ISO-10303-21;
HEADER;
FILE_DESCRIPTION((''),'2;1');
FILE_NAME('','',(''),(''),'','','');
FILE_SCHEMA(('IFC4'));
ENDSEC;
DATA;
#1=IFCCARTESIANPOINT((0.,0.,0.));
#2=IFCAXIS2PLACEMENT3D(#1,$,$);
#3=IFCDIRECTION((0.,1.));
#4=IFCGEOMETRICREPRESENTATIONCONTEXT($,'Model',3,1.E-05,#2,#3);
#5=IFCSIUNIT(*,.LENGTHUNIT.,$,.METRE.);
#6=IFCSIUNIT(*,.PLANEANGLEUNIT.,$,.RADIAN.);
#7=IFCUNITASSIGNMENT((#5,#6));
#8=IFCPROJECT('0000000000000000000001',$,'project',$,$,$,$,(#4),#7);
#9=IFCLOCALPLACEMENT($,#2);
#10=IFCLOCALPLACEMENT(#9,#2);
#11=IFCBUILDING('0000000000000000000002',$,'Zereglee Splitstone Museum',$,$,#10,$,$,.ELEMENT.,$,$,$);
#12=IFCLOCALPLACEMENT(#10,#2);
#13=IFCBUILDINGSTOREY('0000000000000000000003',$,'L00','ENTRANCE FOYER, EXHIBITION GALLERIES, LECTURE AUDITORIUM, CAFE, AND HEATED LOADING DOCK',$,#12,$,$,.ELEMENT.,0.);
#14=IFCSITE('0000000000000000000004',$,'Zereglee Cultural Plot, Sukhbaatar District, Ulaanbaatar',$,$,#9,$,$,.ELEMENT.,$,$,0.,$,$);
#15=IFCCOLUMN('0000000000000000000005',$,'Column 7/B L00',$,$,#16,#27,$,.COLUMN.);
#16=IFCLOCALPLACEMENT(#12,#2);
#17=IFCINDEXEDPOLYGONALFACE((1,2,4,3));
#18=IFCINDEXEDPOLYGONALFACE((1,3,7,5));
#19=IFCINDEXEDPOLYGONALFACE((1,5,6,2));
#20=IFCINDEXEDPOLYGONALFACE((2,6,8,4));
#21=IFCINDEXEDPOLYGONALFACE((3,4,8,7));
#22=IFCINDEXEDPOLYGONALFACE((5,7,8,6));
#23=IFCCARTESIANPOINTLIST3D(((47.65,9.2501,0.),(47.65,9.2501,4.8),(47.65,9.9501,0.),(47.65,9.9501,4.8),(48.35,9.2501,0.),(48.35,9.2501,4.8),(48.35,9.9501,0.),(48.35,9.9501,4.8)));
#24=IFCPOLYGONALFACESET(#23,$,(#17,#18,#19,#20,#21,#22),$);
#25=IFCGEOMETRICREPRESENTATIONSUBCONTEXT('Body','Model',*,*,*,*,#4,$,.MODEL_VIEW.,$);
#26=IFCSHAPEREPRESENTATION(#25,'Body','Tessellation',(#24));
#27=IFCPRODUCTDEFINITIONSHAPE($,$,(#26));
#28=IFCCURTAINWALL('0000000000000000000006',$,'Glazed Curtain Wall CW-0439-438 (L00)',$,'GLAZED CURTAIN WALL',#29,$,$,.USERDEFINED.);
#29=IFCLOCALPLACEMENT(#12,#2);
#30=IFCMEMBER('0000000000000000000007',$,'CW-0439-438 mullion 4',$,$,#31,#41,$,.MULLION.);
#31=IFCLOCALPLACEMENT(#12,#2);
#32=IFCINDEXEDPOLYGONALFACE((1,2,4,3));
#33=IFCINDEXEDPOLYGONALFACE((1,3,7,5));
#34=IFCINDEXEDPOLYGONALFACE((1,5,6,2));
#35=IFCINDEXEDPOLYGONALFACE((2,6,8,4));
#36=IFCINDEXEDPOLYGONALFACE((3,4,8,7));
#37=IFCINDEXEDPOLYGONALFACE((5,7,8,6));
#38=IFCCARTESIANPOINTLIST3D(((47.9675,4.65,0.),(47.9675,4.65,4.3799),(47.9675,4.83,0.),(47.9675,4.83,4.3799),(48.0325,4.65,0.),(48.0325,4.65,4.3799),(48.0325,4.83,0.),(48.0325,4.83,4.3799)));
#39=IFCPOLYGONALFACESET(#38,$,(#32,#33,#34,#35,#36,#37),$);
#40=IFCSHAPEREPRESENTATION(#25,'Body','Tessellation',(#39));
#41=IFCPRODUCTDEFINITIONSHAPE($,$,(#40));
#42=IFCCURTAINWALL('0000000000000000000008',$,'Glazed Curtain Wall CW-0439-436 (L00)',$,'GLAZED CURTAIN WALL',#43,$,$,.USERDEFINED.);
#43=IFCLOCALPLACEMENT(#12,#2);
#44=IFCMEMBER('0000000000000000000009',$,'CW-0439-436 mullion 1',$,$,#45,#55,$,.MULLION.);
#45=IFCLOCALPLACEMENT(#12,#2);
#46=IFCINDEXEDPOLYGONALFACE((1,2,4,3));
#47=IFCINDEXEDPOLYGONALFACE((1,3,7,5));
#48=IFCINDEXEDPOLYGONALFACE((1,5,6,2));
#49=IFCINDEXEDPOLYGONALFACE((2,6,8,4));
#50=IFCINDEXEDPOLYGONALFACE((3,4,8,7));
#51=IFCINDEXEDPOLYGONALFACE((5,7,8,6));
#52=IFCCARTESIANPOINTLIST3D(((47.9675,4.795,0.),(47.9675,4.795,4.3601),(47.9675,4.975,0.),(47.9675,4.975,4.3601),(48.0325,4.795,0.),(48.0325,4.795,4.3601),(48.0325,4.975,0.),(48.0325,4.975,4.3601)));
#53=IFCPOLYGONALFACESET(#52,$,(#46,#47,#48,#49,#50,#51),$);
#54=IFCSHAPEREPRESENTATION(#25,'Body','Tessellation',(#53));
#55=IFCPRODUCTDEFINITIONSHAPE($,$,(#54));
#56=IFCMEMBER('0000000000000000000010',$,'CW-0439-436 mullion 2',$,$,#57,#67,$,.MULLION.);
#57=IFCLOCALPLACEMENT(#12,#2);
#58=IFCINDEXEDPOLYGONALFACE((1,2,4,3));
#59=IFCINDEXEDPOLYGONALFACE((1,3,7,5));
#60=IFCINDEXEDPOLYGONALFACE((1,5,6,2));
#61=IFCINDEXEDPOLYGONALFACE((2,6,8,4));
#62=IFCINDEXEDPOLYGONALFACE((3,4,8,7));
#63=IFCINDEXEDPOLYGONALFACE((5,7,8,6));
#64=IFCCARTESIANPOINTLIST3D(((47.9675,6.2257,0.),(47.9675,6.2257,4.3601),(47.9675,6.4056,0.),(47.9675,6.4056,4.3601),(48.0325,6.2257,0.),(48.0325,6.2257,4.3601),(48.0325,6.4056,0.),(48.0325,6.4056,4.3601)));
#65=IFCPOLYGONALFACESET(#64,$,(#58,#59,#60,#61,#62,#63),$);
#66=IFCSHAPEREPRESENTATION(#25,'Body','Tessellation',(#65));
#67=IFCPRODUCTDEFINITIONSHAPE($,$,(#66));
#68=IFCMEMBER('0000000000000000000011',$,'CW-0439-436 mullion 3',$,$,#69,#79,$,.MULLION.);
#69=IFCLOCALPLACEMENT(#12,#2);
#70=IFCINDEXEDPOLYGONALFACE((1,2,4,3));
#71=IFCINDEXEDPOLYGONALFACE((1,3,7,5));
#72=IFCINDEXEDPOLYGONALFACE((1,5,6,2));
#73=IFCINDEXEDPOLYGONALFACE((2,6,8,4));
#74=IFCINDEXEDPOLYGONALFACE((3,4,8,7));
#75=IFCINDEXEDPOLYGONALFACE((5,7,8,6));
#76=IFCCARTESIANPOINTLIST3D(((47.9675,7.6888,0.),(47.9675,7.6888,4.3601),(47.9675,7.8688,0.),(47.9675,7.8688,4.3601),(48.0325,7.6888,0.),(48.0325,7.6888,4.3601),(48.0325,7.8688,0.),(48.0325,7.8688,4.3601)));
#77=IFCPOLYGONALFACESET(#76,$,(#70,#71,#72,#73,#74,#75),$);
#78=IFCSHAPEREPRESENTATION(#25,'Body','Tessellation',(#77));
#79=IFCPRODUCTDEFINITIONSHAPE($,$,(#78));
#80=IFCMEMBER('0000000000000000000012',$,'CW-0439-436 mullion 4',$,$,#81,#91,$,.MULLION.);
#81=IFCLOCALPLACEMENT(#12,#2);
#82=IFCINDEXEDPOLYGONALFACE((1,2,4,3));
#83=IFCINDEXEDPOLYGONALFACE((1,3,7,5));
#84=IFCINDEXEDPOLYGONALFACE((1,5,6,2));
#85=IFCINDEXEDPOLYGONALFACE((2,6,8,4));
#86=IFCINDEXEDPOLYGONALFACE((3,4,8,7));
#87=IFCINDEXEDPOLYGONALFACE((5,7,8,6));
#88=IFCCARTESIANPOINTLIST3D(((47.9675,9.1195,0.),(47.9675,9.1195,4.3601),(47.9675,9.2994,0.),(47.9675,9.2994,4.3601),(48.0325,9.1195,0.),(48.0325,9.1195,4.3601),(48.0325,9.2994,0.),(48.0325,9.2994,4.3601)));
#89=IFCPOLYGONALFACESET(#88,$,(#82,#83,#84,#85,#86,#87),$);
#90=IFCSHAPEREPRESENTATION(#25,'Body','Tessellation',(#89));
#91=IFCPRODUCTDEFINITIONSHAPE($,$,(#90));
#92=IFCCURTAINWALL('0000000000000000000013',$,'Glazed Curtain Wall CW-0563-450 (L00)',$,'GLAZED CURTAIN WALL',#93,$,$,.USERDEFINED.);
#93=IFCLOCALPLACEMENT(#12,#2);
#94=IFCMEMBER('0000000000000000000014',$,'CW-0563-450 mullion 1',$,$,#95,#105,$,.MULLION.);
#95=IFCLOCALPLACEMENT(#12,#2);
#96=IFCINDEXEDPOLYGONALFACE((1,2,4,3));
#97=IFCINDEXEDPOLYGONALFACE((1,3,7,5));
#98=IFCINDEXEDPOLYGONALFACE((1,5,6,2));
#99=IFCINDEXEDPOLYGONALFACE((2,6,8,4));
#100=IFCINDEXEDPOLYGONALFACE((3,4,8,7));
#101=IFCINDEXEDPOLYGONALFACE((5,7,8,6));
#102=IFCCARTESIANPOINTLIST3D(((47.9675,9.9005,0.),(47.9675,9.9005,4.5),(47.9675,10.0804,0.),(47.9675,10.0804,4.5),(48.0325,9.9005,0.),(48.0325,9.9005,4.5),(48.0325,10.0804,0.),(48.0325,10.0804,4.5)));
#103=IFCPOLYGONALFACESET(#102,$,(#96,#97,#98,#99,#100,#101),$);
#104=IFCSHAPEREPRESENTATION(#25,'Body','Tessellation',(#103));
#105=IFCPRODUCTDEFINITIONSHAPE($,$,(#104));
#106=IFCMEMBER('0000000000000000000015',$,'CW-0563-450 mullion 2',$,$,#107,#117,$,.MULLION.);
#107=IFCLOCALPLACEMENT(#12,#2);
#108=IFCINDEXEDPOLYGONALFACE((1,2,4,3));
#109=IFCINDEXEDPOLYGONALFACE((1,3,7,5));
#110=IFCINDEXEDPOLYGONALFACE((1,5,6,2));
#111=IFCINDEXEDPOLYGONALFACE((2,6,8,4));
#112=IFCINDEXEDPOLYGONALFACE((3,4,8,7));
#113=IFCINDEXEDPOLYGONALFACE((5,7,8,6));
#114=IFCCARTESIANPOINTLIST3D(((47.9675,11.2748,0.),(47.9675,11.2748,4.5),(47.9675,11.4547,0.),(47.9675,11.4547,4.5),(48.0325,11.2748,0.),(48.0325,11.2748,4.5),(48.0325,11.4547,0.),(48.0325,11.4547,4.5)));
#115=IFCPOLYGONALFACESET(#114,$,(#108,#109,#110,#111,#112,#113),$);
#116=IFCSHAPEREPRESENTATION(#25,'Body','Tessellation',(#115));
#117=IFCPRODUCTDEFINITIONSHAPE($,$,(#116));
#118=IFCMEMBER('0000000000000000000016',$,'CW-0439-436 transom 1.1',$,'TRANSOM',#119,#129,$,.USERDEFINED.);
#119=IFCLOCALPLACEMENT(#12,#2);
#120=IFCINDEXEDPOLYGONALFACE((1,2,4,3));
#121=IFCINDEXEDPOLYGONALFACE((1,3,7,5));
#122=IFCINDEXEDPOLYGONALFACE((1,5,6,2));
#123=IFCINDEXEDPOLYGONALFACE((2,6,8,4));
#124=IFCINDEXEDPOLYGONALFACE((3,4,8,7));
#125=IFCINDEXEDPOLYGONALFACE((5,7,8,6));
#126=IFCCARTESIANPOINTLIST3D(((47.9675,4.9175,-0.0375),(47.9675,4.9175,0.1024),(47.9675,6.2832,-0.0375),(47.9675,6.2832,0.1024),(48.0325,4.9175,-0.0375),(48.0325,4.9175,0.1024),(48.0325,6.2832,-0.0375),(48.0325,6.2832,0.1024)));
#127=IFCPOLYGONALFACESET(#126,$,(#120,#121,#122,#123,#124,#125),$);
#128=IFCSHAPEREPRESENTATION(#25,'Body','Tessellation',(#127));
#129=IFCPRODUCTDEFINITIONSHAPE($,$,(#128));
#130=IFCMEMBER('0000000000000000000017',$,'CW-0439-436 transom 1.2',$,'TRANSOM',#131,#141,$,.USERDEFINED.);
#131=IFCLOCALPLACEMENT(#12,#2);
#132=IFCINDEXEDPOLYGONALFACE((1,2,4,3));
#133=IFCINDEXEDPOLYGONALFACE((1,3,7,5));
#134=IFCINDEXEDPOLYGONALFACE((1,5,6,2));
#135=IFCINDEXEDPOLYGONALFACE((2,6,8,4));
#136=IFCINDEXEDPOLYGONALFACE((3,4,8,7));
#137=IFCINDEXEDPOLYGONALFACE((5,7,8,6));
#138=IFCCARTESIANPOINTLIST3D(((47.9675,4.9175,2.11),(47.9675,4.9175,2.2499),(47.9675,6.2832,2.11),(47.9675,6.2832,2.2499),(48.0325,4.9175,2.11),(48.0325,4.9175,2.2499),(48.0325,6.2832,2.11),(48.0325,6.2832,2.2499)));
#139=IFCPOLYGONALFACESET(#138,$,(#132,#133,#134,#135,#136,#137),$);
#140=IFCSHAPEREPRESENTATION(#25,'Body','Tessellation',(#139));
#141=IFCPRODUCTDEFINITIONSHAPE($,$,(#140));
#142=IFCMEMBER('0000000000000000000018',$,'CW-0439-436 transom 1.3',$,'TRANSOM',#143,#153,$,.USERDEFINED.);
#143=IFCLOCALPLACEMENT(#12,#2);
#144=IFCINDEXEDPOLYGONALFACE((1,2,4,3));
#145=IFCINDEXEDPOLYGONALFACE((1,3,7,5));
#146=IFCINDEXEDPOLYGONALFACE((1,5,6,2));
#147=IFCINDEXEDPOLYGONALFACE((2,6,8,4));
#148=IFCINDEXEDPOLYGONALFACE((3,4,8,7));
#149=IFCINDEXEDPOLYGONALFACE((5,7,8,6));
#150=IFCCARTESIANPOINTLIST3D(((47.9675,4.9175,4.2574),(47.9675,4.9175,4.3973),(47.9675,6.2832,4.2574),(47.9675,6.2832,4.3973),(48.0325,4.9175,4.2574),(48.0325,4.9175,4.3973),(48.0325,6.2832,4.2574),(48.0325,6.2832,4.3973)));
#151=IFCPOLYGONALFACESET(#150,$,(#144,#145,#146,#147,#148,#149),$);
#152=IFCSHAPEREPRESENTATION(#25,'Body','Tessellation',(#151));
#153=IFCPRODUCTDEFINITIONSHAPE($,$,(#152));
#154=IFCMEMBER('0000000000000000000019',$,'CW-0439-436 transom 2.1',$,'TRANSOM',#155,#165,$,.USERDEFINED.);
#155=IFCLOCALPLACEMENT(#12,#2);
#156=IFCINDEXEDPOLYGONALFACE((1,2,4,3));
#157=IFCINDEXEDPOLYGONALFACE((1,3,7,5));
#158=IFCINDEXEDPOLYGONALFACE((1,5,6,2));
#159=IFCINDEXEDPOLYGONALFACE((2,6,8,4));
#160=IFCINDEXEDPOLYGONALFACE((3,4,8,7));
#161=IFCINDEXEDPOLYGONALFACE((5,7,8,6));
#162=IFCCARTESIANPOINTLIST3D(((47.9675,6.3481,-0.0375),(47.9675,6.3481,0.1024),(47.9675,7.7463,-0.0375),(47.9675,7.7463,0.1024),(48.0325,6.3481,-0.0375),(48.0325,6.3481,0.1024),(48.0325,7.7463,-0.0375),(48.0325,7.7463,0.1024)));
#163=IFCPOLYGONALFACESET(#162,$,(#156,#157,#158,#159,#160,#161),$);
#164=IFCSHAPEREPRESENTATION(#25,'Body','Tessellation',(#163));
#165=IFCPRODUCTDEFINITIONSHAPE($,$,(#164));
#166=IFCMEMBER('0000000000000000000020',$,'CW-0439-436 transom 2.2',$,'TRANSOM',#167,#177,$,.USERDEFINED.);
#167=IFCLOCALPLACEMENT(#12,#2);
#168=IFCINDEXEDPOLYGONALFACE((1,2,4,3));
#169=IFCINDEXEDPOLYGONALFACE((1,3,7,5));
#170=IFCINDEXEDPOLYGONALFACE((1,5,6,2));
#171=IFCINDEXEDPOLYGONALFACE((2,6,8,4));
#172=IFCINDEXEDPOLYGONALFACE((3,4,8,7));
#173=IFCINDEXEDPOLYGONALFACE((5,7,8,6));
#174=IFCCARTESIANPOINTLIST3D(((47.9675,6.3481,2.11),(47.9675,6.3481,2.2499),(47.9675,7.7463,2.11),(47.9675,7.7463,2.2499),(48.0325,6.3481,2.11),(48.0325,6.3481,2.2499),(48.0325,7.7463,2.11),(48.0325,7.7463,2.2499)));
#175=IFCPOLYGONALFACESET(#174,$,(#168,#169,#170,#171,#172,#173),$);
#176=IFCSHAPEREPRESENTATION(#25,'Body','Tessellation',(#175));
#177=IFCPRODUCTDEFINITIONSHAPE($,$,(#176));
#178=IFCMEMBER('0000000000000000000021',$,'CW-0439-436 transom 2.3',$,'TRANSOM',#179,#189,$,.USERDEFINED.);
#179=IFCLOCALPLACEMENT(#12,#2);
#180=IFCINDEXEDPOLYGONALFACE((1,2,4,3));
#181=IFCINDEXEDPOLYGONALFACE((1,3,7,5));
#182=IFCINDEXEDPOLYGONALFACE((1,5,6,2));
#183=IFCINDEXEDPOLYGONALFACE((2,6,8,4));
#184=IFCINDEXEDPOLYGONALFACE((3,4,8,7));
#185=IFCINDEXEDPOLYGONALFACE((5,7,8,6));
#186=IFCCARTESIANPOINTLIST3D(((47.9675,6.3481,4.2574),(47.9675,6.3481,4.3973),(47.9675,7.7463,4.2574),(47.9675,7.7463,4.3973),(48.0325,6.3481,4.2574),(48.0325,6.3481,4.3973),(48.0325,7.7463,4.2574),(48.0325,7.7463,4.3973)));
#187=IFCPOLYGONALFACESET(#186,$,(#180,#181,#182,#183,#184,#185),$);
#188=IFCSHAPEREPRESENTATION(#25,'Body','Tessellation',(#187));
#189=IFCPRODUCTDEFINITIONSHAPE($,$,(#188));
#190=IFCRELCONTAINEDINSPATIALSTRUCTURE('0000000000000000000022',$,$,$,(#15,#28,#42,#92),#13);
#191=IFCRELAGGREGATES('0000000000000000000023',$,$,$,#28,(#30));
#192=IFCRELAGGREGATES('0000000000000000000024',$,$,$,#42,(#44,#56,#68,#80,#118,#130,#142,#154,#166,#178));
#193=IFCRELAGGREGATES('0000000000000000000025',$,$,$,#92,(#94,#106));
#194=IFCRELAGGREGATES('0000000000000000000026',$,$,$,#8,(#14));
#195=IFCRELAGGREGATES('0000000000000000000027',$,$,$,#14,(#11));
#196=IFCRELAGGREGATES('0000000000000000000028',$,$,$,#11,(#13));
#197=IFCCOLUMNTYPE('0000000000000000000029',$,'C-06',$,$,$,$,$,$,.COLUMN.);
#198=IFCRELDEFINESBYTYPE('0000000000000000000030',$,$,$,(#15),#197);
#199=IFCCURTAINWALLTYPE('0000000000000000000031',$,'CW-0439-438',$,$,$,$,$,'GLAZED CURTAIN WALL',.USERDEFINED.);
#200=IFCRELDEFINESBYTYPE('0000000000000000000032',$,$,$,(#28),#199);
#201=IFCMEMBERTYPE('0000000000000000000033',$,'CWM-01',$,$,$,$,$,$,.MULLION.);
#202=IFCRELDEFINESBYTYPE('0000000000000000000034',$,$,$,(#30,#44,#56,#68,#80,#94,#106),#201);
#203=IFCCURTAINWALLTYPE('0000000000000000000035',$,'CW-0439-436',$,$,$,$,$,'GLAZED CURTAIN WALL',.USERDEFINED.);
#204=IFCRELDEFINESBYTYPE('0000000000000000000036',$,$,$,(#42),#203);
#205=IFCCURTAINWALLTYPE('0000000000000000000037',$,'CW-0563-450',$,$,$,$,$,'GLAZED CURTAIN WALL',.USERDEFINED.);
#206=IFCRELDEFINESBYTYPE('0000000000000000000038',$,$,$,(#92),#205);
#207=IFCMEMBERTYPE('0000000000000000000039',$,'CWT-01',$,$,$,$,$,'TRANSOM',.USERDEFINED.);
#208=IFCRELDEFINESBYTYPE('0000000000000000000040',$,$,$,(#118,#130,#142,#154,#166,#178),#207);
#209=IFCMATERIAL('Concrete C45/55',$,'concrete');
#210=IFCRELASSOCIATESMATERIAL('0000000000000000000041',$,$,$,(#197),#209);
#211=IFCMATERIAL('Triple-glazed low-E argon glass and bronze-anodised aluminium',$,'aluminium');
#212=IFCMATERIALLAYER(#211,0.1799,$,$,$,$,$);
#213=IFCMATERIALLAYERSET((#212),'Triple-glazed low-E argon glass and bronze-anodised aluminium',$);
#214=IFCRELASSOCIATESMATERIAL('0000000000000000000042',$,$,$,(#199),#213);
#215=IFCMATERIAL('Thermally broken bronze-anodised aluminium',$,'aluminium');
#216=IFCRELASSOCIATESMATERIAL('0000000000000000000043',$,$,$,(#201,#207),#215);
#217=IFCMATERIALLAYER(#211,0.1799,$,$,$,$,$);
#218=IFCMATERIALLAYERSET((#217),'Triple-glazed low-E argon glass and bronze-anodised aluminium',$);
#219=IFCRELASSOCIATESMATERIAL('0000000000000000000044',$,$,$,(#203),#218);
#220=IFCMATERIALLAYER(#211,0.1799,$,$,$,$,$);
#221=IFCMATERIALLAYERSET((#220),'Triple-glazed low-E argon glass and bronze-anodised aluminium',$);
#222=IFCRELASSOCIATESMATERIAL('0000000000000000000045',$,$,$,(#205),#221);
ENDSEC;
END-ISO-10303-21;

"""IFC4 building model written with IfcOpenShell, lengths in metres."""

from ifc_helpers import new_model, si_unit, direction, frame, origin, origin_2d, place, context, subcontext, project, spatial, rectangle, extrude, material, layer, layer_set, material_profile, profile_set, type_object, element, aggregate, save


model = new_model("IFC4")

# Units and contexts
model_context = context("Model", 3, precision=1e-05, world=origin(), true_north=direction((0.0, 1.0)))
body_context = subcontext(model_context, "Body", "Model", "MODEL_VIEW")
ifc_project = project(units=[si_unit("LENGTHUNIT", "METRE"), si_unit("PLANEANGLEUNIT", "RADIAN")], contexts=[model_context])

# Site, building, storey
site_placement = place(None, origin())
site = spatial("IfcSite", under=ifc_project, at=site_placement, Name="Zereglee Cultural Plot, Sukhbaatar District, Ulaanbaatar", CompositionType="ELEMENT", RefElevation=0.0)
building_placement = place(site_placement, origin())
building = spatial("IfcBuilding", under=site, at=building_placement, Name="Zereglee Splitstone Museum", CompositionType="ELEMENT")
storey_placement = place(building_placement, origin())
storey = spatial("IfcBuildingStorey", under=building, at=storey_placement, Name="L00", Description="ENTRANCE FOYER, EXHIBITION GALLERIES, LECTURE AUDITORIUM, CAFE, AND HEATED LOADING DOCK", CompositionType="ELEMENT", Elevation=0.0)

# Column
ifc_material_1 = material(Name="Concrete C45/55", Category="concrete")
ifc_material_profile_1 = material_profile(ifc_material_1, rectangle(XDim=0.7, YDim=0.7, at=origin_2d()), Name="RC 700x700")
ifc_profile_set_1 = profile_set([ifc_material_profile_1], Name="Concrete C45/55")
column_type = type_object("IfcColumnType", Name="C-06", PredefinedType="COLUMN", material=ifc_profile_set_1)
column_placement = place(storey_placement, frame((48.0, 9.6001, 0.0), z_axis=(0.0, 0.0, 1.0), x_axis=(1.0, 0.0, 0.0)))
element("IfcColumn", 1, at=column_placement, inside=storey, type_object=column_type, Name="Column 7/B L00", PredefinedType="COLUMN", context=body_context, shape_type="SweptSolid", body=[
    extrude(rectangle(XDim=0.7, YDim=0.7, at=origin_2d()), origin(), (0.0, 0.0, 1.0), 4.8),
])

# Curtain wall, member
ifc_material_2 = material(Name="Triple-glazed low-E argon glass and bronze-anodised aluminium", Category="aluminium")
ifc_layer_1 = layer(ifc_material_2, 0.1799)
ifc_layer_set_1 = layer_set([ifc_layer_1], Name="Triple-glazed low-E argon glass and bronze-anodised aluminium")
curtain_wall_type_1 = type_object("IfcCurtainWallType", Name="CW-0439-438", ElementType="GLAZED CURTAIN WALL", PredefinedType="USERDEFINED", material=ifc_layer_set_1)
curtain_wall_1_placement = place(storey_placement, origin())
curtain_wall_1 = element("IfcCurtainWall", 2, at=curtain_wall_1_placement, inside=storey, type_object=curtain_wall_type_1, Name="Glazed Curtain Wall CW-0439-438 (L00)", ObjectType="GLAZED CURTAIN WALL", PredefinedType="USERDEFINED")
ifc_material_3 = material(Name="Thermally broken bronze-anodised aluminium", Category="aluminium")
ifc_material_profile_2 = material_profile(ifc_material_3, rectangle(XDim=0.0649, YDim=0.1799, at=origin_2d()), Name="CW MULL 65x180")
ifc_profile_set_2 = profile_set([ifc_material_profile_2], Name="Thermally broken bronze-anodised aluminium")
member_type_1 = type_object("IfcMemberType", Name="CWM-01", PredefinedType="MULLION", material=ifc_profile_set_2)
member_1_placement = place(storey_placement, frame((48.0, 4.74, 0.0), z_axis=(0.0, 0.0, 1.0), x_axis=(-1.0, 0.0, 0.0)))
member_1 = element("IfcMember", 3, at=member_1_placement, type_object=member_type_1, Name="CW-0439-438 mullion 4", PredefinedType="MULLION", context=body_context, shape_type="SweptSolid", body=[
    extrude(rectangle(XDim=0.0649, YDim=0.1799, at=origin_2d()), origin(), (0.0, 0.0, 1.0), 4.3799),
])

# Curtain walls, members
ifc_layer_2 = layer(ifc_material_2, 0.1799)
ifc_layer_set_2 = layer_set([ifc_layer_2], Name="Triple-glazed low-E argon glass and bronze-anodised aluminium")
curtain_wall_type_2 = type_object("IfcCurtainWallType", Name="CW-0439-436", ElementType="GLAZED CURTAIN WALL", PredefinedType="USERDEFINED", material=ifc_layer_set_2)
curtain_wall_2_placement = place(storey_placement, origin())
curtain_wall_2 = element("IfcCurtainWall", 4, at=curtain_wall_2_placement, inside=storey, type_object=curtain_wall_type_2, Name="Glazed Curtain Wall CW-0439-436 (L00)", ObjectType="GLAZED CURTAIN WALL", PredefinedType="USERDEFINED")
member_2_placement = place(storey_placement, frame((48.0, 4.885, 0.0), z_axis=(0.0, 0.0, 1.0), x_axis=(-1.0, 0.0, 0.0)))
member_2 = element("IfcMember", 5, at=member_2_placement, type_object=member_type_1, Name="CW-0439-436 mullion 1", PredefinedType="MULLION", context=body_context, shape_type="SweptSolid", body=[
    extrude(rectangle(XDim=0.0649, YDim=0.1799, at=origin_2d()), origin(), (0.0, 0.0, 1.0), 4.3601),
])
member_3_placement = place(storey_placement, frame((48.0, 6.3157, 0.0), z_axis=(0.0, 0.0, 1.0), x_axis=(-1.0, 0.0, 0.0)))
member_3 = element("IfcMember", 6, at=member_3_placement, type_object=member_type_1, Name="CW-0439-436 mullion 2", PredefinedType="MULLION", context=body_context, shape_type="SweptSolid", body=[
    extrude(rectangle(XDim=0.0649, YDim=0.1799, at=origin_2d()), origin(), (0.0, 0.0, 1.0), 4.3601),
])
member_4_placement = place(storey_placement, frame((48.0, 7.7788, 0.0), z_axis=(0.0, 0.0, 1.0), x_axis=(-1.0, 0.0, 0.0)))
member_4 = element("IfcMember", 7, at=member_4_placement, type_object=member_type_1, Name="CW-0439-436 mullion 3", PredefinedType="MULLION", context=body_context, shape_type="SweptSolid", body=[
    extrude(rectangle(XDim=0.0649, YDim=0.1799, at=origin_2d()), origin(), (0.0, 0.0, 1.0), 4.3601),
])
member_5_placement = place(storey_placement, frame((48.0, 9.2095, 0.0), z_axis=(0.0, 0.0, 1.0), x_axis=(-1.0, 0.0, 0.0)))
member_5 = element("IfcMember", 8, at=member_5_placement, type_object=member_type_1, Name="CW-0439-436 mullion 4", PredefinedType="MULLION", context=body_context, shape_type="SweptSolid", body=[
    extrude(rectangle(XDim=0.0649, YDim=0.1799, at=origin_2d()), origin(), (0.0, 0.0, 1.0), 4.3601),
])
ifc_layer_3 = layer(ifc_material_2, 0.1799)
ifc_layer_set_3 = layer_set([ifc_layer_3], Name="Triple-glazed low-E argon glass and bronze-anodised aluminium")
curtain_wall_type_3 = type_object("IfcCurtainWallType", Name="CW-0563-450", ElementType="GLAZED CURTAIN WALL", PredefinedType="USERDEFINED", material=ifc_layer_set_3)
curtain_wall_3_placement = place(storey_placement, origin())
curtain_wall_3 = element("IfcCurtainWall", 9, at=curtain_wall_3_placement, inside=storey, type_object=curtain_wall_type_3, Name="Glazed Curtain Wall CW-0563-450 (L00)", ObjectType="GLAZED CURTAIN WALL", PredefinedType="USERDEFINED")
member_6_placement = place(storey_placement, frame((48.0, 9.9905, 0.0), z_axis=(0.0, 0.0, 1.0), x_axis=(-1.0, 0.0, 0.0)))
member_6 = element("IfcMember", 10, at=member_6_placement, type_object=member_type_1, Name="CW-0563-450 mullion 1", PredefinedType="MULLION", context=body_context, shape_type="SweptSolid", body=[
    extrude(rectangle(XDim=0.0649, YDim=0.1799, at=origin_2d()), origin(), (0.0, 0.0, 1.0), 4.5),
])
member_7_placement = place(storey_placement, frame((48.0, 11.3647, 0.0), z_axis=(0.0, 0.0, 1.0), x_axis=(-1.0, 0.0, 0.0)))
member_7 = element("IfcMember", 11, at=member_7_placement, type_object=member_type_1, Name="CW-0563-450 mullion 2", PredefinedType="MULLION", context=body_context, shape_type="SweptSolid", body=[
    extrude(rectangle(XDim=0.0649, YDim=0.1799, at=origin_2d()), origin(), (0.0, 0.0, 1.0), 4.5),
])

# Members
ifc_material_profile_3 = material_profile(ifc_material_3, rectangle(XDim=0.0649, YDim=0.1399, at=origin_2d()), Name="CW TRAN 65x140")
ifc_profile_set_3 = profile_set([ifc_material_profile_3], Name="Thermally broken bronze-anodised aluminium")
member_type_2 = type_object("IfcMemberType", Name="CWT-01", ElementType="TRANSOM", PredefinedType="USERDEFINED", material=ifc_profile_set_3)
member_8_placement = place(storey_placement, frame((48.0, 4.9175, 0.0325), z_axis=(0.0, 1.0, 0.0), x_axis=(-1.0, 0.0, 0.0)))
member_8 = element("IfcMember", 12, at=member_8_placement, type_object=member_type_2, Name="CW-0439-436 transom 1.1", ObjectType="TRANSOM", PredefinedType="USERDEFINED", context=body_context, shape_type="SweptSolid", body=[
    extrude(rectangle(XDim=0.0649, YDim=0.1399, at=origin_2d()), origin(), (0.0, 0.0, 1.0), 1.3657),
])
member_9_placement = place(storey_placement, frame((48.0, 4.9175, 2.1799), z_axis=(0.0, 1.0, 0.0), x_axis=(-1.0, 0.0, 0.0)))
member_9 = element("IfcMember", 13, at=member_9_placement, type_object=member_type_2, Name="CW-0439-436 transom 1.2", ObjectType="TRANSOM", PredefinedType="USERDEFINED", context=body_context, shape_type="SweptSolid", body=[
    extrude(rectangle(XDim=0.0649, YDim=0.1399, at=origin_2d()), origin(), (0.0, 0.0, 1.0), 1.3657),
])
member_10_placement = place(storey_placement, frame((48.0, 4.9175, 4.3274), z_axis=(0.0, 1.0, 0.0), x_axis=(-1.0, 0.0, 0.0)))
member_10 = element("IfcMember", 14, at=member_10_placement, type_object=member_type_2, Name="CW-0439-436 transom 1.3", ObjectType="TRANSOM", PredefinedType="USERDEFINED", context=body_context, shape_type="SweptSolid", body=[
    extrude(rectangle(XDim=0.0649, YDim=0.1399, at=origin_2d()), origin(), (0.0, 0.0, 1.0), 1.3657),
])
member_11_placement = place(storey_placement, frame((48.0, 6.3481, 0.0325), z_axis=(0.0, 1.0, 0.0), x_axis=(-1.0, 0.0, 0.0)))
member_11 = element("IfcMember", 15, at=member_11_placement, type_object=member_type_2, Name="CW-0439-436 transom 2.1", ObjectType="TRANSOM", PredefinedType="USERDEFINED", context=body_context, shape_type="SweptSolid", body=[
    extrude(rectangle(XDim=0.0649, YDim=0.1399, at=origin_2d()), origin(), (0.0, 0.0, 1.0), 1.3982),
])
member_12_placement = place(storey_placement, frame((48.0, 6.3481, 2.1799), z_axis=(0.0, 1.0, 0.0), x_axis=(-1.0, 0.0, 0.0)))
member_12 = element("IfcMember", 16, at=member_12_placement, type_object=member_type_2, Name="CW-0439-436 transom 2.2", ObjectType="TRANSOM", PredefinedType="USERDEFINED", context=body_context, shape_type="SweptSolid", body=[
    extrude(rectangle(XDim=0.0649, YDim=0.1399, at=origin_2d()), origin(), (0.0, 0.0, 1.0), 1.3982),
])
member_13_placement = place(storey_placement, frame((48.0, 6.3481, 4.3274), z_axis=(0.0, 1.0, 0.0), x_axis=(-1.0, 0.0, 0.0)))
member_13 = element("IfcMember", 17, at=member_13_placement, type_object=member_type_2, Name="CW-0439-436 transom 2.3", ObjectType="TRANSOM", PredefinedType="USERDEFINED", context=body_context, shape_type="SweptSolid", body=[
    extrude(rectangle(XDim=0.0649, YDim=0.1399, at=origin_2d()), origin(), (0.0, 0.0, 1.0), 1.3982),
])

aggregate(curtain_wall_1, [member_1])
aggregate(curtain_wall_2, [member_2, member_3, member_4, member_5, member_8, member_9, member_10, member_11, member_12, member_13])
aggregate(curtain_wall_3, [member_6, member_7])

save(model, "model.ifc")
